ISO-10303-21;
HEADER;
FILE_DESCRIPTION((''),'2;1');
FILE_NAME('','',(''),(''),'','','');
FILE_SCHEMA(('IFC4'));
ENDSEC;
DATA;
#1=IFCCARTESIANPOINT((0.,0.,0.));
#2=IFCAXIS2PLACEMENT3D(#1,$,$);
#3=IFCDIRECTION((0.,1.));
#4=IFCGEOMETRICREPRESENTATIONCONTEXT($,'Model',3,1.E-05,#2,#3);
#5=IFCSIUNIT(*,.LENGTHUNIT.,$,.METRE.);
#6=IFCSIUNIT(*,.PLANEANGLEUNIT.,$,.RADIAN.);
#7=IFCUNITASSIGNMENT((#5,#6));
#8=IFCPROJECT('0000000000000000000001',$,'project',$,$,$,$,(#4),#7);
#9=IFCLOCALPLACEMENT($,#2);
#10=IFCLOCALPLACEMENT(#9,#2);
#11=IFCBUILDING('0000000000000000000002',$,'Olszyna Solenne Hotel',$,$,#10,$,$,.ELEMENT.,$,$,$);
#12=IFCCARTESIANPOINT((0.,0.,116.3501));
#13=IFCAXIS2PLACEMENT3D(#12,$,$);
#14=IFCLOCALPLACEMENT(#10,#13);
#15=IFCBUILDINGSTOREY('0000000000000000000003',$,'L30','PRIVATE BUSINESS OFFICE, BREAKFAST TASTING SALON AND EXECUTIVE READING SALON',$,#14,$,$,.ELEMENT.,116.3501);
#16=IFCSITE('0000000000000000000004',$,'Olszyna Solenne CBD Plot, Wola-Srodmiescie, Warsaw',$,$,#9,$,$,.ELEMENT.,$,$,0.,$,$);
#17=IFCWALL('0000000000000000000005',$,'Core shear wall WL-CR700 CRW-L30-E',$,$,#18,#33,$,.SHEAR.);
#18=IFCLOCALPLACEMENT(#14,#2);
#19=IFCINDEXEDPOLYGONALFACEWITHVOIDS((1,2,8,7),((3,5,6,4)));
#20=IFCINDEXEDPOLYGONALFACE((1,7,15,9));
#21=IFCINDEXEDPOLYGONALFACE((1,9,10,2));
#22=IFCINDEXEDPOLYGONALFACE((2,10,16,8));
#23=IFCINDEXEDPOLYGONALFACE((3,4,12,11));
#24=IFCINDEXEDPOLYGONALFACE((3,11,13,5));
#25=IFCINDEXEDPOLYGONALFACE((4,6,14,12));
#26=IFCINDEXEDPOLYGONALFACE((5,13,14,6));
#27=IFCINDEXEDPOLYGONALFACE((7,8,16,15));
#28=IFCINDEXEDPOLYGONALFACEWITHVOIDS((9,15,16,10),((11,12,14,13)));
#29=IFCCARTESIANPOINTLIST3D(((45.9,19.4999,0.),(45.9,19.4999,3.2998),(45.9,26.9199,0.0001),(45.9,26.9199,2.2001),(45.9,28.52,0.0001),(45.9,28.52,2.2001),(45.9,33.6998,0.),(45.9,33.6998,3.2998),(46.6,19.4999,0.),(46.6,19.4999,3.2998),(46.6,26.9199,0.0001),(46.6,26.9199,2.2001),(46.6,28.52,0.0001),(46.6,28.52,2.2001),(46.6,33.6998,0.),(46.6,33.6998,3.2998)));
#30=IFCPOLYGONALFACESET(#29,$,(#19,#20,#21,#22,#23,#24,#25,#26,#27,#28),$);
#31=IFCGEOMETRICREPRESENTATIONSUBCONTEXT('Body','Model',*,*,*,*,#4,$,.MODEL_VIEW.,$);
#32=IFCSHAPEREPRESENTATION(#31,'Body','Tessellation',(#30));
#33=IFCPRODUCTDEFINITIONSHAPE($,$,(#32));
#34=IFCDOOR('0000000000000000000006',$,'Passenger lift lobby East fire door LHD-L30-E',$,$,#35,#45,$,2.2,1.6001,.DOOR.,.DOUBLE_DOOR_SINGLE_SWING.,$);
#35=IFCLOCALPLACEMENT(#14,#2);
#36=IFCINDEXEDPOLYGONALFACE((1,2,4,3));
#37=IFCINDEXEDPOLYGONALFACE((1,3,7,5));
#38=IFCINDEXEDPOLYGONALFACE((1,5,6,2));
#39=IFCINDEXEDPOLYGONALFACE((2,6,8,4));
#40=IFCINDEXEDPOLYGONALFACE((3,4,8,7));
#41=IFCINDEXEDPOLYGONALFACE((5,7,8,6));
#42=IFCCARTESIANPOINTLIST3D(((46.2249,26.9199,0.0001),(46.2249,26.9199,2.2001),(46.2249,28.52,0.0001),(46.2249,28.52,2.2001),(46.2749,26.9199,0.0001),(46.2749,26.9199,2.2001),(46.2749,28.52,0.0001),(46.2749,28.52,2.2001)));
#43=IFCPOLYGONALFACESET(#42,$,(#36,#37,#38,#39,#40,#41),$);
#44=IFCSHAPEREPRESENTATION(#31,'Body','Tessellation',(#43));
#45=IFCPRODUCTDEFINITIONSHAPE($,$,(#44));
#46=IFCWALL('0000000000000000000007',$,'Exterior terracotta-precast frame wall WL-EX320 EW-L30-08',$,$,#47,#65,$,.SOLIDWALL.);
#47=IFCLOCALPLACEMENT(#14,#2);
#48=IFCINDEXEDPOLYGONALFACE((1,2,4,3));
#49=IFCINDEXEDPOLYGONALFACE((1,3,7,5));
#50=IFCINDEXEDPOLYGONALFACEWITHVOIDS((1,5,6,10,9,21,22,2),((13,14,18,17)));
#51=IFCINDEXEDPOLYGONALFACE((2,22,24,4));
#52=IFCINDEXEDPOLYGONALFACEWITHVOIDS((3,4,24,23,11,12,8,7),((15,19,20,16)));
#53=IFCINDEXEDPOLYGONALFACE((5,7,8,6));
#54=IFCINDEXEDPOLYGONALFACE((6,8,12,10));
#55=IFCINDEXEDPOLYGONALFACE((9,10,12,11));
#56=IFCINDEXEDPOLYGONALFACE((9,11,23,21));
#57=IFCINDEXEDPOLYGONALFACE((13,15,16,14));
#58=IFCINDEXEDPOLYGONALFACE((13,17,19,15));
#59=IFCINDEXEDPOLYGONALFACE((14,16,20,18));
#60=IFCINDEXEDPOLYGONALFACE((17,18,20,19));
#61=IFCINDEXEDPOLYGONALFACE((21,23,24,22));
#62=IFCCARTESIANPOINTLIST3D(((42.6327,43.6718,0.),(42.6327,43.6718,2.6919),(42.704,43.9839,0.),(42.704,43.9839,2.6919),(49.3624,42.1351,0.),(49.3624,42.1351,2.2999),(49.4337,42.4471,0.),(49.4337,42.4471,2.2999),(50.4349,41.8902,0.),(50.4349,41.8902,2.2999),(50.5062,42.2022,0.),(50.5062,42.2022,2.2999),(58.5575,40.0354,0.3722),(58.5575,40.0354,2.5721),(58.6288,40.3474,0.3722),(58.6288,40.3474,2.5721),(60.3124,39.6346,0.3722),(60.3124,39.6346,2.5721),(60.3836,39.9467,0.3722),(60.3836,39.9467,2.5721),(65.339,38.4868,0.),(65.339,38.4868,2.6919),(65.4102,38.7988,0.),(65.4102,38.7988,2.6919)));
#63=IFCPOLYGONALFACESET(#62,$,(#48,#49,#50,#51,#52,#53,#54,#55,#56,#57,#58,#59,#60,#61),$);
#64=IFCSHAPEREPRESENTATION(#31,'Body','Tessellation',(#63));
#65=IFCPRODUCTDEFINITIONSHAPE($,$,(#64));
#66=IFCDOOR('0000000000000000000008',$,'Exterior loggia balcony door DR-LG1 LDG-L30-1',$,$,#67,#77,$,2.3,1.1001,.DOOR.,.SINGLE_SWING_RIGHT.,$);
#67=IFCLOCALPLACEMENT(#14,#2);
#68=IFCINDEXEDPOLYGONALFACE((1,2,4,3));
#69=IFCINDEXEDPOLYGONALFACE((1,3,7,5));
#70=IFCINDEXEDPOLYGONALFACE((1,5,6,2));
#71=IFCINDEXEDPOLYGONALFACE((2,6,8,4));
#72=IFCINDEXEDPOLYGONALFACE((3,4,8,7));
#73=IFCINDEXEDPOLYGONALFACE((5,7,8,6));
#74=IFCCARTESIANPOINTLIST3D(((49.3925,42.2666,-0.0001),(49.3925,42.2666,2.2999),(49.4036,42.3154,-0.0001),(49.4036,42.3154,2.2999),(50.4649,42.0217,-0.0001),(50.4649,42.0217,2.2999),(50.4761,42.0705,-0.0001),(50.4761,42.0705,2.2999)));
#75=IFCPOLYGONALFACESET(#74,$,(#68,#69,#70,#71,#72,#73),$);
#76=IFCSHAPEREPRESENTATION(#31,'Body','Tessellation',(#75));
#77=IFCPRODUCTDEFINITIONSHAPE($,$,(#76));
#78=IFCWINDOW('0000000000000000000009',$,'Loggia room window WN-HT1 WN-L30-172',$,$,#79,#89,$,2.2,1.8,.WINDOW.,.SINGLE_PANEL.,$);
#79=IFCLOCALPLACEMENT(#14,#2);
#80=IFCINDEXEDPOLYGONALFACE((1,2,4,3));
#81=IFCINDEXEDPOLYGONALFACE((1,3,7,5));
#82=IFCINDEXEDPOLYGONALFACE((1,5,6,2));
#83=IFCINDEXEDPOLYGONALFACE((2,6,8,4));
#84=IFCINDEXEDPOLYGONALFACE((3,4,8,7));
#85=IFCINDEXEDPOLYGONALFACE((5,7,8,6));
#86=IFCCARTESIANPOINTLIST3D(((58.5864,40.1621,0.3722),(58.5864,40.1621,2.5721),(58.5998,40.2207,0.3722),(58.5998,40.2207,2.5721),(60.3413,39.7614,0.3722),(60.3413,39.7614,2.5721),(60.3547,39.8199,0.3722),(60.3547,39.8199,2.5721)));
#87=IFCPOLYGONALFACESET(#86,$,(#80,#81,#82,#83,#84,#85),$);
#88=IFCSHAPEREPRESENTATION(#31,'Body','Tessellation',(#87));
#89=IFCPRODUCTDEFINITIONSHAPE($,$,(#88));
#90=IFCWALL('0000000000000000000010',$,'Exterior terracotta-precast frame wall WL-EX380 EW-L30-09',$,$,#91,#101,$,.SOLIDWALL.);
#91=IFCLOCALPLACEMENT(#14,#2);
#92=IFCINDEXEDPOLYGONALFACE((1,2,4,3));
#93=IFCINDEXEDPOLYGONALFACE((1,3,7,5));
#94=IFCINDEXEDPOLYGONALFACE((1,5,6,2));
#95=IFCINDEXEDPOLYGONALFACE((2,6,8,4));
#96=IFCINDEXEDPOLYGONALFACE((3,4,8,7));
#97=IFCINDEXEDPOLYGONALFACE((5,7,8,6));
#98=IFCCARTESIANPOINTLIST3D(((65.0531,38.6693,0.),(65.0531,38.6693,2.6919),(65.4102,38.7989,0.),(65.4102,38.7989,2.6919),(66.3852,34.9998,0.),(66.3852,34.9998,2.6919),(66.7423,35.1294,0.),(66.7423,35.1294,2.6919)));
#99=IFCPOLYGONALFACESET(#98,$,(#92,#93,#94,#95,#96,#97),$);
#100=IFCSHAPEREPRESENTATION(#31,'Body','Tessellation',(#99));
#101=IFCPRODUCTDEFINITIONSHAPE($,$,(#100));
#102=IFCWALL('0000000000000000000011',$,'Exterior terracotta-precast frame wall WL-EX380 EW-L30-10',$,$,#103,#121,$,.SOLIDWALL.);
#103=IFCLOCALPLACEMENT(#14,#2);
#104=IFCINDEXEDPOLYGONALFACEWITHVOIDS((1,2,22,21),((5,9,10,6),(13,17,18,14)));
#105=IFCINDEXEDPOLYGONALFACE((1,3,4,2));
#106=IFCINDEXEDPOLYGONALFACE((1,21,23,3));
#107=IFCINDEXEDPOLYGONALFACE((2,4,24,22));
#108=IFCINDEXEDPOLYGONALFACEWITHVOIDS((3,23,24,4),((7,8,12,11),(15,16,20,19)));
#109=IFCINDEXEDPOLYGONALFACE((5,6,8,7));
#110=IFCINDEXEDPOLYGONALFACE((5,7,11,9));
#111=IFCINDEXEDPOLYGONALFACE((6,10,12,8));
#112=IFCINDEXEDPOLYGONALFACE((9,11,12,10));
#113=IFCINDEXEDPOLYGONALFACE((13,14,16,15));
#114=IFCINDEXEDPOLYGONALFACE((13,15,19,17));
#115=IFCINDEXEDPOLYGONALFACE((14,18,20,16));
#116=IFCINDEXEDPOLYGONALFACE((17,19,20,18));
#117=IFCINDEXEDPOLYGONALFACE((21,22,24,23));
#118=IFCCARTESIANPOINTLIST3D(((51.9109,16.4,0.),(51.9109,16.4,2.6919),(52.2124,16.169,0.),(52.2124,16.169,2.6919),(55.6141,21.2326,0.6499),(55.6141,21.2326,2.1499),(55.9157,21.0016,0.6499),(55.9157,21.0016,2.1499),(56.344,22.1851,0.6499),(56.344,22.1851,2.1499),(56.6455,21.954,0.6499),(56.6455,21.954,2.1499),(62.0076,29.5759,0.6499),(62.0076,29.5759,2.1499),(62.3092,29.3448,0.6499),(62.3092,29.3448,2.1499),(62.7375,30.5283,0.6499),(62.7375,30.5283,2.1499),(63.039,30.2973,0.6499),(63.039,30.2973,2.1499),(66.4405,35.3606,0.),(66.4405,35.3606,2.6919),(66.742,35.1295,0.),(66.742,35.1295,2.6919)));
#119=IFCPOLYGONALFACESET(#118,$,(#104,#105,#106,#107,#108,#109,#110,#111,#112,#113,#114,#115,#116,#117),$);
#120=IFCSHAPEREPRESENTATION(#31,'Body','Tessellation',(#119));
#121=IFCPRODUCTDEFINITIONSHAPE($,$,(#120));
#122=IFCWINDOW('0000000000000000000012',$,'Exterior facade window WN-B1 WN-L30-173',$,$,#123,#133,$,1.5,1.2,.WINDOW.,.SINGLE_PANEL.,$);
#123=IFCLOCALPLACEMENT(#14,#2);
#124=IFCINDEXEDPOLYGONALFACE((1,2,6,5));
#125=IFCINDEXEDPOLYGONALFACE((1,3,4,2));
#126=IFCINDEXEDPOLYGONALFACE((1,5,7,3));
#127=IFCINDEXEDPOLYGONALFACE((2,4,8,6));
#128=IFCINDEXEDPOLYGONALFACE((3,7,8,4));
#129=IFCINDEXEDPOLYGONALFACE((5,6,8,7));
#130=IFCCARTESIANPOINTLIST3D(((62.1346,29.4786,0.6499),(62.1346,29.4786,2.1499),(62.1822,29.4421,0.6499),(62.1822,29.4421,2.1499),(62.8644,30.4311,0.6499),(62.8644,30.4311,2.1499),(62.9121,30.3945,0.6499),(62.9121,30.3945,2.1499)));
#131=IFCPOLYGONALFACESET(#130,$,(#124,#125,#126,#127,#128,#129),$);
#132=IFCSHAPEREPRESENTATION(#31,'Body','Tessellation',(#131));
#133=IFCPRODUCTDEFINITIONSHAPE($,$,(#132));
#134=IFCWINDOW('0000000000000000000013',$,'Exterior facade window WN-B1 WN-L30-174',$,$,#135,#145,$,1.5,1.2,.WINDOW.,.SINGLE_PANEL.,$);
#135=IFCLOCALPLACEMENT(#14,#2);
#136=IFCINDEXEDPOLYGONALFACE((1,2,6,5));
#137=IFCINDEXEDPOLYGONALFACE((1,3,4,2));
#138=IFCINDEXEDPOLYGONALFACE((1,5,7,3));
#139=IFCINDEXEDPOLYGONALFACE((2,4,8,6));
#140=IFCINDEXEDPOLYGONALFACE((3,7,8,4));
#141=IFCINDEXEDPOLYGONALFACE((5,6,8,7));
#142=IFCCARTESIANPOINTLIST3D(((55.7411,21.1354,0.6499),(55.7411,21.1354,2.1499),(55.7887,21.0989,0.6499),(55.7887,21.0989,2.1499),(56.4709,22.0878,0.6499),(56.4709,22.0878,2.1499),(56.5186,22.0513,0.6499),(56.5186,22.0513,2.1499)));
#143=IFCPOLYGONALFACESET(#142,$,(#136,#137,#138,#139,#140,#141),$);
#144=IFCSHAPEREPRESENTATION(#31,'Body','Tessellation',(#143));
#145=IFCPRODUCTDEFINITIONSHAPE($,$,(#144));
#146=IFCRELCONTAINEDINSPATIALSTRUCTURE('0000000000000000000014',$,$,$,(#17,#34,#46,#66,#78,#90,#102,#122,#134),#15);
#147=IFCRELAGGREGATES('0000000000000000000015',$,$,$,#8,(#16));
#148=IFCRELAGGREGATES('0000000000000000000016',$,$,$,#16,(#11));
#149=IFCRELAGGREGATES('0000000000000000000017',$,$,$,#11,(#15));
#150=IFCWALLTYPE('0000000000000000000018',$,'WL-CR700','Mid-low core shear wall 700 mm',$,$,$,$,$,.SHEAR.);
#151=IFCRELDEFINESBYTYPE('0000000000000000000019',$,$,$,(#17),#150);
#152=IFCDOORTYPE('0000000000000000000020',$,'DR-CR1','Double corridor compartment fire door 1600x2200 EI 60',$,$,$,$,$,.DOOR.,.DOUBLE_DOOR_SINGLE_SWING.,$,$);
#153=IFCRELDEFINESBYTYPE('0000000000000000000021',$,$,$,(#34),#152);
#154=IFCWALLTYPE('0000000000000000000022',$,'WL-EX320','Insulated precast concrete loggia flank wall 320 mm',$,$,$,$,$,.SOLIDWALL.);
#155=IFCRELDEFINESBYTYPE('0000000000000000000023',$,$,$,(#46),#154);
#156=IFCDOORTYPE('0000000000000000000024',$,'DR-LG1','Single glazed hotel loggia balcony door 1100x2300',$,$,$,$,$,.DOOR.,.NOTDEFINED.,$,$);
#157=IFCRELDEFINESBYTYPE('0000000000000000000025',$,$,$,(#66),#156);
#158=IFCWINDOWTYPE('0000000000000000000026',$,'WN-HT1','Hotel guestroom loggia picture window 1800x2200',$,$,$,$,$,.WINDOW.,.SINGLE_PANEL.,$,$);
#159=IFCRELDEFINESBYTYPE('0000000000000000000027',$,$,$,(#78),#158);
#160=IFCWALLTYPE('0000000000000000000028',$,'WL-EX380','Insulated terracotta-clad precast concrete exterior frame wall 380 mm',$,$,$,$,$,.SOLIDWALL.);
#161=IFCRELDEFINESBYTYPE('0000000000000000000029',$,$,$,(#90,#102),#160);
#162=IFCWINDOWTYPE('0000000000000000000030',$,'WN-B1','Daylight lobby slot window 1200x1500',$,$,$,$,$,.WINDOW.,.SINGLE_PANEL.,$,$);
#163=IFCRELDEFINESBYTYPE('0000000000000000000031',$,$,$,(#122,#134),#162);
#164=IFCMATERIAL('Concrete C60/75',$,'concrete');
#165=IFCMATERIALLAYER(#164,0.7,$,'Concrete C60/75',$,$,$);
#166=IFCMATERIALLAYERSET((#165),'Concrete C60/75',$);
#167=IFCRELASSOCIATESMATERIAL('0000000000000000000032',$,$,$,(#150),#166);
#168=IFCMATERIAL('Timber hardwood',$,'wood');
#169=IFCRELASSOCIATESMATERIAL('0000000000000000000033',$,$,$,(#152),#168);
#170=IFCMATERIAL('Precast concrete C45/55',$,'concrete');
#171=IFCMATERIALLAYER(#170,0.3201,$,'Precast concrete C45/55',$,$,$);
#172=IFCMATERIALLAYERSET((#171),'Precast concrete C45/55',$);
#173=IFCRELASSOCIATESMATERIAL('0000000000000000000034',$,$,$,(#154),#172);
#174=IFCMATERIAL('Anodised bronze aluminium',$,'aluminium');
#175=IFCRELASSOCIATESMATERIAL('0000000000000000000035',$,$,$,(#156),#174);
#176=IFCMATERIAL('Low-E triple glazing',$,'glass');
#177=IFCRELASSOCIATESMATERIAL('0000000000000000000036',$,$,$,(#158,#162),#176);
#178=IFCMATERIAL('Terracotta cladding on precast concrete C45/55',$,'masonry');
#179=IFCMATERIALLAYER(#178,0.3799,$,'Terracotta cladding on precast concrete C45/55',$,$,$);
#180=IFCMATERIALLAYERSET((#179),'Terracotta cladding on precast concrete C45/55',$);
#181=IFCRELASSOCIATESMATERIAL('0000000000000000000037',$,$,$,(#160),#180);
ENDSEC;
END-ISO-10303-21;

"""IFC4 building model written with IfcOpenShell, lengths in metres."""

from ifc_helpers import new_model, si_unit, direction, frame, frame_2d, origin, place, context, subcontext, project, spatial, rectangle, extrude, source, transform, mapped, material, layer, layer_set, type_object, type_shapes, element, fill, save


model = new_model("IFC4")

# Units and contexts
model_context = context("Model", 3, precision=1e-05, world=origin(), true_north=direction((0.0, 1.0)))
body_context = subcontext(model_context, "Body", "Model", "MODEL_VIEW")
ifc_project = project(units=[si_unit("LENGTHUNIT", "METRE"), si_unit("PLANEANGLEUNIT", "RADIAN")], contexts=[model_context])

# Site, building, storey
site_placement = place(None, origin())
site = spatial("IfcSite", under=ifc_project, at=site_placement, Name="Olszyna Solenne CBD Plot, Wola-Srodmiescie, Warsaw", CompositionType="ELEMENT", RefElevation=0.0)
building_placement = place(site_placement, origin())
building = spatial("IfcBuilding", under=site, at=building_placement, Name="Olszyna Solenne Hotel", CompositionType="ELEMENT")
storey_placement = place(building_placement, frame((0.0, 0.0, 116.3501)))
storey = spatial("IfcBuildingStorey", under=building, at=storey_placement, Name="L30", Description="PRIVATE BUSINESS OFFICE, BREAKFAST TASTING SALON AND EXECUTIVE READING SALON", CompositionType="ELEMENT", Elevation=116.3501)

# Shared definitions
ifc_material_1 = material(Name="Anodised bronze aluminium", Category="aluminium")

# Wall, opening, door
ifc_material_2 = material(Name="Concrete C60/75", Category="concrete")
ifc_layer_1 = layer(ifc_material_2, 0.7, Name="Concrete C60/75")
ifc_layer_set_1 = layer_set([ifc_layer_1], Name="Concrete C60/75")
wall_type_1 = type_object("IfcWallType", Name="WL-CR700", Description="Mid-low core shear wall 700 mm", PredefinedType="SHEAR", material=ifc_layer_set_1)
wall_1_placement = place(storey_placement, frame((46.25, 33.7, 0.0), z_axis=(0.0, 0.0, 1.0), x_axis=(0.0, -1.0, 0.0)))
wall_1 = element("IfcWall", 1, at=wall_1_placement, inside=storey, type_object=wall_type_1, Name="Core shear wall WL-CR700 CRW-L30-E", PredefinedType="SHEAR", context=body_context, shape_type="SweptSolid", body=[
    extrude(rectangle(XDim=14.2, YDim=0.7, at=frame_2d((7.1001, 0.0))), origin(), (0.0, 0.0, 1.0), 3.2998),
])
opening_1_placement = place(wall_1_placement, frame((5.1799, 0.0, 0.0)))
opening_1 = element("IfcOpeningElement", 2, at=opening_1_placement, cuts=wall_1, PredefinedType="OPENING", context=body_context, shape_type="SweptSolid", body=[
    extrude(rectangle(XDim=1.6001, YDim=2.2, at=frame_2d((0.8, 1.1001))), frame((0.0, 0.3599, 0.0), z_axis=(0.0, -1.0, 0.0), x_axis=(1.0, 0.0, 0.0)), (0.0, 0.0, 1.0), 0.72),
])
ifc_material_3 = material(Name="Timber hardwood", Category="wood")
door_type_1 = type_object("IfcDoorType", Name="DR-CR1", Description="Double corridor compartment fire door 1600x2200 EI 60", OperationType="DOUBLE_DOOR_SINGLE_SWING", PredefinedType="DOOR", material=ifc_material_3)
shared_shape_1 = source(origin(), body_context, "Body", "SweptSolid", [
    extrude(rectangle(XDim=1.6001, YDim=2.2, at=frame_2d((0.8, 1.1001))), frame((0.0, 0.0249, 0.0), z_axis=(0.0, -1.0, 0.0), x_axis=(1.0, 0.0, 0.0)), (0.0, 0.0, 1.0), 0.05),
])
type_shapes(door_type_1, [shared_shape_1])
door_1_placement = place(opening_1_placement, origin())
door_1 = element("IfcDoor", 3, at=door_1_placement, inside=storey, type_object=door_type_1, Name="Passenger lift lobby East fire door LHD-L30-E", OperationType="DOUBLE_DOOR_SINGLE_SWING", OverallHeight=2.2, OverallWidth=1.6001, PredefinedType="DOOR", context=body_context, shape_type="MappedRepresentation", body=[
    mapped(shared_shape_1, transform((0.0, 0.0, 0.0), x_axis=(1.0, 0.0, 0.0), y_axis=(0.0, 1.0, 0.0), z_axis=(0.0, 0.0, 1.0), scale=1.0)),
])
fill(opening_1, door_1)

# Wall, openings, door, window
ifc_material_4 = material(Name="Precast concrete C45/55", Category="concrete")
ifc_layer_2 = layer(ifc_material_4, 0.3201, Name="Precast concrete C45/55")
ifc_layer_set_2 = layer_set([ifc_layer_2], Name="Precast concrete C45/55")
wall_type_2 = type_object("IfcWallType", Name="WL-EX320", Description="Insulated precast concrete loggia flank wall 320 mm", PredefinedType="SOLIDWALL", material=ifc_layer_set_2)
wall_2_placement = place(storey_placement, frame((42.6682, 43.8279, 0.0), z_axis=(0.0, 0.0, 1.0), x_axis=(0.974905, -0.222623, 0.0)))
wall_2 = element("IfcWall", 4, at=wall_2_placement, inside=storey, type_object=wall_type_2, Name="Exterior terracotta-precast frame wall WL-EX320 EW-L30-08", PredefinedType="SOLIDWALL", context=body_context, shape_type="SweptSolid", body=[
    extrude(rectangle(XDim=23.2908, YDim=0.3201, at=frame_2d((11.6455, 0.0))), origin(), (0.0, 0.0, 1.0), 2.6919),
])
opening_2_placement = place(wall_2_placement, frame((6.9031, 0.0, 0.0)))
opening_2 = element("IfcOpeningElement", 5, at=opening_2_placement, cuts=wall_2, PredefinedType="OPENING", context=body_context, shape_type="SweptSolid", body=[
    extrude(rectangle(XDim=1.1001, YDim=2.3, at=frame_2d((0.55, 1.1499))), frame((0.0, 0.1699, 0.0), z_axis=(0.0, -1.0, 0.0), x_axis=(1.0, 0.0, 0.0)), (0.0, 0.0, 1.0), 0.3401),
])
opening_3_placement = place(wall_2_placement, frame((16.335, 0.0, 0.3721)))
opening_3 = element("IfcOpeningElement", 6, at=opening_3_placement, cuts=wall_2, PredefinedType="OPENING", context=body_context, shape_type="SweptSolid", body=[
    extrude(rectangle(XDim=1.8, YDim=2.2, at=frame_2d((0.8999, 1.1001))), frame((0.0, 0.1699, 0.0), z_axis=(0.0, -1.0, 0.0), x_axis=(1.0, 0.0, 0.0)), (0.0, 0.0, 1.0), 0.3401),
])
door_type_2 = type_object("IfcDoorType", Name="DR-LG1", Description="Single glazed hotel loggia balcony door 1100x2300", OperationType="NOTDEFINED", PredefinedType="DOOR", material=ifc_material_1)
shared_shape_2 = source(origin(), body_context, "Body", "SweptSolid", [
    extrude(rectangle(XDim=1.1001, YDim=2.3, at=frame_2d((0.55, 1.1499))), frame((0.0, 0.0249, 0.0), z_axis=(0.0, -1.0, 0.0), x_axis=(1.0, 0.0, 0.0)), (0.0, 0.0, 1.0), 0.05),
])
type_shapes(door_type_2, [shared_shape_2])
door_2_placement = place(opening_2_placement, origin())
door_2 = element("IfcDoor", 7, at=door_2_placement, inside=storey, type_object=door_type_2, Name="Exterior loggia balcony door DR-LG1 LDG-L30-1", OperationType="SINGLE_SWING_RIGHT", OverallHeight=2.3, OverallWidth=1.1001, PredefinedType="DOOR", context=body_context, shape_type="MappedRepresentation", body=[
    mapped(shared_shape_2, transform((0.0, 0.0, 0.0), x_axis=(1.0, 0.0, 0.0), y_axis=(0.0, 1.0, 0.0), z_axis=(0.0, 0.0, 1.0), scale=1.0)),
])
fill(opening_2, door_2)
ifc_material_5 = material(Name="Low-E triple glazing", Category="glass")
window_type_1 = type_object("IfcWindowType", Name="WN-HT1", Description="Hotel guestroom loggia picture window 1800x2200", PartitioningType="SINGLE_PANEL", PredefinedType="WINDOW", material=ifc_material_5)
shared_shape_3 = source(origin(), body_context, "Body", "SweptSolid", [
    extrude(rectangle(XDim=1.8, YDim=2.2, at=frame_2d((0.8999, 1.1001))), frame((0.0, 0.03, 0.0), z_axis=(0.0, -1.0, 0.0), x_axis=(1.0, 0.0, 0.0)), (0.0, 0.0, 1.0), 0.0601),
])
type_shapes(window_type_1, [shared_shape_3])
window_1_placement = place(opening_3_placement, origin())
window_1 = element("IfcWindow", 8, at=window_1_placement, inside=storey, type_object=window_type_1, Name="Loggia room window WN-HT1 WN-L30-172", OverallHeight=2.2, OverallWidth=1.8, PartitioningType="SINGLE_PANEL", PredefinedType="WINDOW", context=body_context, shape_type="MappedRepresentation", body=[
    mapped(shared_shape_3, transform((0.0, 0.0, 0.0), x_axis=(1.0, 0.0, 0.0), y_axis=(0.0, 1.0, 0.0), z_axis=(0.0, 0.0, 1.0), scale=1.0)),
])
fill(opening_3, window_1)

# Wall
ifc_material_6 = material(Name="Terracotta cladding on precast concrete C45/55", Category="masonry")
ifc_layer_3 = layer(ifc_material_6, 0.3799, Name="Terracotta cladding on precast concrete C45/55")
ifc_layer_set_3 = layer_set([ifc_layer_3], Name="Terracotta cladding on precast concrete C45/55")
wall_type_3 = type_object("IfcWallType", Name="WL-EX380", Description="Insulated terracotta-clad precast concrete exterior frame wall 380 mm", PredefinedType="SOLIDWALL", material=ifc_layer_set_3)
wall_3_placement = place(storey_placement, frame((65.2317, 38.7341, 0.0), z_axis=(0.0, 0.0, 1.0), x_axis=(0.341221, -0.939983, 0.0)))
element("IfcWall", 9, at=wall_3_placement, inside=storey, type_object=wall_type_3, Name="Exterior terracotta-precast frame wall WL-EX380 EW-L30-09", PredefinedType="SOLIDWALL", context=body_context, shape_type="SweptSolid", body=[
    extrude(rectangle(XDim=3.9038, YDim=0.3799, at=frame_2d((1.9519, 0.0))), origin(), (0.0, 0.0, 1.0), 2.6919),
])

# Wall, openings, windows
wall_4_placement = place(storey_placement, frame((66.5913, 35.2451, 0.0), z_axis=(0.0, 0.0, 1.0), x_axis=(-0.608252, -0.793744, 0.0)))
wall_4 = element("IfcWall", 10, at=wall_4_placement, inside=storey, type_object=wall_type_3, Name="Exterior terracotta-precast frame wall WL-EX380 EW-L30-10", PredefinedType="SOLIDWALL", context=body_context, shape_type="SweptSolid", body=[
    extrude(rectangle(XDim=23.8875, YDim=0.3799, at=frame_2d((11.9438, 0.0))), origin(), (0.0, 0.0, 1.0), 2.6919),
])
opening_4_placement = place(wall_4_placement, frame((6.0879, 0.0, 0.6499)))
opening_4 = element("IfcOpeningElement", 11, at=opening_4_placement, cuts=wall_4, PredefinedType="OPENING", context=body_context, shape_type="SweptSolid", body=[
    extrude(rectangle(XDim=1.2, YDim=1.5, at=frame_2d((0.6001, 0.75))), frame((0.0, 0.2, 0.0), z_axis=(0.0, -1.0, 0.0), x_axis=(1.0, 0.0, 0.0)), (0.0, 0.0, 1.0), 0.3999),
])
opening_5_placement = place(wall_4_placement, frame((16.5991, 0.0, 0.6499)))
opening_5 = element("IfcOpeningElement", 12, at=opening_5_placement, cuts=wall_4, PredefinedType="OPENING", context=body_context, shape_type="SweptSolid", body=[
    extrude(rectangle(XDim=1.2, YDim=1.5, at=frame_2d((0.6001, 0.75))), frame((0.0, 0.2, 0.0), z_axis=(0.0, -1.0, 0.0), x_axis=(1.0, 0.0, 0.0)), (0.0, 0.0, 1.0), 0.3999),
])
window_type_2 = type_object("IfcWindowType", Name="WN-B1", Description="Daylight lobby slot window 1200x1500", PartitioningType="SINGLE_PANEL", PredefinedType="WINDOW", material=ifc_material_5)
shared_shape_4 = source(origin(), body_context, "Body", "SweptSolid", [
    extrude(rectangle(XDim=1.2, YDim=1.5, at=frame_2d((0.6001, 0.75))), frame((0.0, 0.03, 0.0), z_axis=(0.0, -1.0, 0.0), x_axis=(1.0, 0.0, 0.0)), (0.0, 0.0, 1.0), 0.0601),
])
type_shapes(window_type_2, [shared_shape_4])
window_2_placement = place(opening_4_placement, origin())
window_2 = element("IfcWindow", 13, at=window_2_placement, inside=storey, type_object=window_type_2, Name="Exterior facade window WN-B1 WN-L30-173", OverallHeight=1.5, OverallWidth=1.2, PartitioningType="SINGLE_PANEL", PredefinedType="WINDOW", context=body_context, shape_type="MappedRepresentation", body=[
    mapped(shared_shape_4, transform((0.0, 0.0, 0.0), x_axis=(1.0, 0.0, 0.0), y_axis=(0.0, 1.0, 0.0), z_axis=(0.0, 0.0, 1.0), scale=1.0)),
])
fill(opening_4, window_2)
window_3_placement = place(opening_5_placement, origin())
window_3 = element("IfcWindow", 14, at=window_3_placement, inside=storey, type_object=window_type_2, Name="Exterior facade window WN-B1 WN-L30-174", OverallHeight=1.5, OverallWidth=1.2, PartitioningType="SINGLE_PANEL", PredefinedType="WINDOW", context=body_context, shape_type="MappedRepresentation", body=[
    mapped(shared_shape_4, transform((0.0, 0.0, 0.0), x_axis=(1.0, 0.0, 0.0), y_axis=(0.0, 1.0, 0.0), z_axis=(0.0, 0.0, 1.0), scale=1.0)),
])
fill(opening_5, window_3)

save(model, "model.ifc")
